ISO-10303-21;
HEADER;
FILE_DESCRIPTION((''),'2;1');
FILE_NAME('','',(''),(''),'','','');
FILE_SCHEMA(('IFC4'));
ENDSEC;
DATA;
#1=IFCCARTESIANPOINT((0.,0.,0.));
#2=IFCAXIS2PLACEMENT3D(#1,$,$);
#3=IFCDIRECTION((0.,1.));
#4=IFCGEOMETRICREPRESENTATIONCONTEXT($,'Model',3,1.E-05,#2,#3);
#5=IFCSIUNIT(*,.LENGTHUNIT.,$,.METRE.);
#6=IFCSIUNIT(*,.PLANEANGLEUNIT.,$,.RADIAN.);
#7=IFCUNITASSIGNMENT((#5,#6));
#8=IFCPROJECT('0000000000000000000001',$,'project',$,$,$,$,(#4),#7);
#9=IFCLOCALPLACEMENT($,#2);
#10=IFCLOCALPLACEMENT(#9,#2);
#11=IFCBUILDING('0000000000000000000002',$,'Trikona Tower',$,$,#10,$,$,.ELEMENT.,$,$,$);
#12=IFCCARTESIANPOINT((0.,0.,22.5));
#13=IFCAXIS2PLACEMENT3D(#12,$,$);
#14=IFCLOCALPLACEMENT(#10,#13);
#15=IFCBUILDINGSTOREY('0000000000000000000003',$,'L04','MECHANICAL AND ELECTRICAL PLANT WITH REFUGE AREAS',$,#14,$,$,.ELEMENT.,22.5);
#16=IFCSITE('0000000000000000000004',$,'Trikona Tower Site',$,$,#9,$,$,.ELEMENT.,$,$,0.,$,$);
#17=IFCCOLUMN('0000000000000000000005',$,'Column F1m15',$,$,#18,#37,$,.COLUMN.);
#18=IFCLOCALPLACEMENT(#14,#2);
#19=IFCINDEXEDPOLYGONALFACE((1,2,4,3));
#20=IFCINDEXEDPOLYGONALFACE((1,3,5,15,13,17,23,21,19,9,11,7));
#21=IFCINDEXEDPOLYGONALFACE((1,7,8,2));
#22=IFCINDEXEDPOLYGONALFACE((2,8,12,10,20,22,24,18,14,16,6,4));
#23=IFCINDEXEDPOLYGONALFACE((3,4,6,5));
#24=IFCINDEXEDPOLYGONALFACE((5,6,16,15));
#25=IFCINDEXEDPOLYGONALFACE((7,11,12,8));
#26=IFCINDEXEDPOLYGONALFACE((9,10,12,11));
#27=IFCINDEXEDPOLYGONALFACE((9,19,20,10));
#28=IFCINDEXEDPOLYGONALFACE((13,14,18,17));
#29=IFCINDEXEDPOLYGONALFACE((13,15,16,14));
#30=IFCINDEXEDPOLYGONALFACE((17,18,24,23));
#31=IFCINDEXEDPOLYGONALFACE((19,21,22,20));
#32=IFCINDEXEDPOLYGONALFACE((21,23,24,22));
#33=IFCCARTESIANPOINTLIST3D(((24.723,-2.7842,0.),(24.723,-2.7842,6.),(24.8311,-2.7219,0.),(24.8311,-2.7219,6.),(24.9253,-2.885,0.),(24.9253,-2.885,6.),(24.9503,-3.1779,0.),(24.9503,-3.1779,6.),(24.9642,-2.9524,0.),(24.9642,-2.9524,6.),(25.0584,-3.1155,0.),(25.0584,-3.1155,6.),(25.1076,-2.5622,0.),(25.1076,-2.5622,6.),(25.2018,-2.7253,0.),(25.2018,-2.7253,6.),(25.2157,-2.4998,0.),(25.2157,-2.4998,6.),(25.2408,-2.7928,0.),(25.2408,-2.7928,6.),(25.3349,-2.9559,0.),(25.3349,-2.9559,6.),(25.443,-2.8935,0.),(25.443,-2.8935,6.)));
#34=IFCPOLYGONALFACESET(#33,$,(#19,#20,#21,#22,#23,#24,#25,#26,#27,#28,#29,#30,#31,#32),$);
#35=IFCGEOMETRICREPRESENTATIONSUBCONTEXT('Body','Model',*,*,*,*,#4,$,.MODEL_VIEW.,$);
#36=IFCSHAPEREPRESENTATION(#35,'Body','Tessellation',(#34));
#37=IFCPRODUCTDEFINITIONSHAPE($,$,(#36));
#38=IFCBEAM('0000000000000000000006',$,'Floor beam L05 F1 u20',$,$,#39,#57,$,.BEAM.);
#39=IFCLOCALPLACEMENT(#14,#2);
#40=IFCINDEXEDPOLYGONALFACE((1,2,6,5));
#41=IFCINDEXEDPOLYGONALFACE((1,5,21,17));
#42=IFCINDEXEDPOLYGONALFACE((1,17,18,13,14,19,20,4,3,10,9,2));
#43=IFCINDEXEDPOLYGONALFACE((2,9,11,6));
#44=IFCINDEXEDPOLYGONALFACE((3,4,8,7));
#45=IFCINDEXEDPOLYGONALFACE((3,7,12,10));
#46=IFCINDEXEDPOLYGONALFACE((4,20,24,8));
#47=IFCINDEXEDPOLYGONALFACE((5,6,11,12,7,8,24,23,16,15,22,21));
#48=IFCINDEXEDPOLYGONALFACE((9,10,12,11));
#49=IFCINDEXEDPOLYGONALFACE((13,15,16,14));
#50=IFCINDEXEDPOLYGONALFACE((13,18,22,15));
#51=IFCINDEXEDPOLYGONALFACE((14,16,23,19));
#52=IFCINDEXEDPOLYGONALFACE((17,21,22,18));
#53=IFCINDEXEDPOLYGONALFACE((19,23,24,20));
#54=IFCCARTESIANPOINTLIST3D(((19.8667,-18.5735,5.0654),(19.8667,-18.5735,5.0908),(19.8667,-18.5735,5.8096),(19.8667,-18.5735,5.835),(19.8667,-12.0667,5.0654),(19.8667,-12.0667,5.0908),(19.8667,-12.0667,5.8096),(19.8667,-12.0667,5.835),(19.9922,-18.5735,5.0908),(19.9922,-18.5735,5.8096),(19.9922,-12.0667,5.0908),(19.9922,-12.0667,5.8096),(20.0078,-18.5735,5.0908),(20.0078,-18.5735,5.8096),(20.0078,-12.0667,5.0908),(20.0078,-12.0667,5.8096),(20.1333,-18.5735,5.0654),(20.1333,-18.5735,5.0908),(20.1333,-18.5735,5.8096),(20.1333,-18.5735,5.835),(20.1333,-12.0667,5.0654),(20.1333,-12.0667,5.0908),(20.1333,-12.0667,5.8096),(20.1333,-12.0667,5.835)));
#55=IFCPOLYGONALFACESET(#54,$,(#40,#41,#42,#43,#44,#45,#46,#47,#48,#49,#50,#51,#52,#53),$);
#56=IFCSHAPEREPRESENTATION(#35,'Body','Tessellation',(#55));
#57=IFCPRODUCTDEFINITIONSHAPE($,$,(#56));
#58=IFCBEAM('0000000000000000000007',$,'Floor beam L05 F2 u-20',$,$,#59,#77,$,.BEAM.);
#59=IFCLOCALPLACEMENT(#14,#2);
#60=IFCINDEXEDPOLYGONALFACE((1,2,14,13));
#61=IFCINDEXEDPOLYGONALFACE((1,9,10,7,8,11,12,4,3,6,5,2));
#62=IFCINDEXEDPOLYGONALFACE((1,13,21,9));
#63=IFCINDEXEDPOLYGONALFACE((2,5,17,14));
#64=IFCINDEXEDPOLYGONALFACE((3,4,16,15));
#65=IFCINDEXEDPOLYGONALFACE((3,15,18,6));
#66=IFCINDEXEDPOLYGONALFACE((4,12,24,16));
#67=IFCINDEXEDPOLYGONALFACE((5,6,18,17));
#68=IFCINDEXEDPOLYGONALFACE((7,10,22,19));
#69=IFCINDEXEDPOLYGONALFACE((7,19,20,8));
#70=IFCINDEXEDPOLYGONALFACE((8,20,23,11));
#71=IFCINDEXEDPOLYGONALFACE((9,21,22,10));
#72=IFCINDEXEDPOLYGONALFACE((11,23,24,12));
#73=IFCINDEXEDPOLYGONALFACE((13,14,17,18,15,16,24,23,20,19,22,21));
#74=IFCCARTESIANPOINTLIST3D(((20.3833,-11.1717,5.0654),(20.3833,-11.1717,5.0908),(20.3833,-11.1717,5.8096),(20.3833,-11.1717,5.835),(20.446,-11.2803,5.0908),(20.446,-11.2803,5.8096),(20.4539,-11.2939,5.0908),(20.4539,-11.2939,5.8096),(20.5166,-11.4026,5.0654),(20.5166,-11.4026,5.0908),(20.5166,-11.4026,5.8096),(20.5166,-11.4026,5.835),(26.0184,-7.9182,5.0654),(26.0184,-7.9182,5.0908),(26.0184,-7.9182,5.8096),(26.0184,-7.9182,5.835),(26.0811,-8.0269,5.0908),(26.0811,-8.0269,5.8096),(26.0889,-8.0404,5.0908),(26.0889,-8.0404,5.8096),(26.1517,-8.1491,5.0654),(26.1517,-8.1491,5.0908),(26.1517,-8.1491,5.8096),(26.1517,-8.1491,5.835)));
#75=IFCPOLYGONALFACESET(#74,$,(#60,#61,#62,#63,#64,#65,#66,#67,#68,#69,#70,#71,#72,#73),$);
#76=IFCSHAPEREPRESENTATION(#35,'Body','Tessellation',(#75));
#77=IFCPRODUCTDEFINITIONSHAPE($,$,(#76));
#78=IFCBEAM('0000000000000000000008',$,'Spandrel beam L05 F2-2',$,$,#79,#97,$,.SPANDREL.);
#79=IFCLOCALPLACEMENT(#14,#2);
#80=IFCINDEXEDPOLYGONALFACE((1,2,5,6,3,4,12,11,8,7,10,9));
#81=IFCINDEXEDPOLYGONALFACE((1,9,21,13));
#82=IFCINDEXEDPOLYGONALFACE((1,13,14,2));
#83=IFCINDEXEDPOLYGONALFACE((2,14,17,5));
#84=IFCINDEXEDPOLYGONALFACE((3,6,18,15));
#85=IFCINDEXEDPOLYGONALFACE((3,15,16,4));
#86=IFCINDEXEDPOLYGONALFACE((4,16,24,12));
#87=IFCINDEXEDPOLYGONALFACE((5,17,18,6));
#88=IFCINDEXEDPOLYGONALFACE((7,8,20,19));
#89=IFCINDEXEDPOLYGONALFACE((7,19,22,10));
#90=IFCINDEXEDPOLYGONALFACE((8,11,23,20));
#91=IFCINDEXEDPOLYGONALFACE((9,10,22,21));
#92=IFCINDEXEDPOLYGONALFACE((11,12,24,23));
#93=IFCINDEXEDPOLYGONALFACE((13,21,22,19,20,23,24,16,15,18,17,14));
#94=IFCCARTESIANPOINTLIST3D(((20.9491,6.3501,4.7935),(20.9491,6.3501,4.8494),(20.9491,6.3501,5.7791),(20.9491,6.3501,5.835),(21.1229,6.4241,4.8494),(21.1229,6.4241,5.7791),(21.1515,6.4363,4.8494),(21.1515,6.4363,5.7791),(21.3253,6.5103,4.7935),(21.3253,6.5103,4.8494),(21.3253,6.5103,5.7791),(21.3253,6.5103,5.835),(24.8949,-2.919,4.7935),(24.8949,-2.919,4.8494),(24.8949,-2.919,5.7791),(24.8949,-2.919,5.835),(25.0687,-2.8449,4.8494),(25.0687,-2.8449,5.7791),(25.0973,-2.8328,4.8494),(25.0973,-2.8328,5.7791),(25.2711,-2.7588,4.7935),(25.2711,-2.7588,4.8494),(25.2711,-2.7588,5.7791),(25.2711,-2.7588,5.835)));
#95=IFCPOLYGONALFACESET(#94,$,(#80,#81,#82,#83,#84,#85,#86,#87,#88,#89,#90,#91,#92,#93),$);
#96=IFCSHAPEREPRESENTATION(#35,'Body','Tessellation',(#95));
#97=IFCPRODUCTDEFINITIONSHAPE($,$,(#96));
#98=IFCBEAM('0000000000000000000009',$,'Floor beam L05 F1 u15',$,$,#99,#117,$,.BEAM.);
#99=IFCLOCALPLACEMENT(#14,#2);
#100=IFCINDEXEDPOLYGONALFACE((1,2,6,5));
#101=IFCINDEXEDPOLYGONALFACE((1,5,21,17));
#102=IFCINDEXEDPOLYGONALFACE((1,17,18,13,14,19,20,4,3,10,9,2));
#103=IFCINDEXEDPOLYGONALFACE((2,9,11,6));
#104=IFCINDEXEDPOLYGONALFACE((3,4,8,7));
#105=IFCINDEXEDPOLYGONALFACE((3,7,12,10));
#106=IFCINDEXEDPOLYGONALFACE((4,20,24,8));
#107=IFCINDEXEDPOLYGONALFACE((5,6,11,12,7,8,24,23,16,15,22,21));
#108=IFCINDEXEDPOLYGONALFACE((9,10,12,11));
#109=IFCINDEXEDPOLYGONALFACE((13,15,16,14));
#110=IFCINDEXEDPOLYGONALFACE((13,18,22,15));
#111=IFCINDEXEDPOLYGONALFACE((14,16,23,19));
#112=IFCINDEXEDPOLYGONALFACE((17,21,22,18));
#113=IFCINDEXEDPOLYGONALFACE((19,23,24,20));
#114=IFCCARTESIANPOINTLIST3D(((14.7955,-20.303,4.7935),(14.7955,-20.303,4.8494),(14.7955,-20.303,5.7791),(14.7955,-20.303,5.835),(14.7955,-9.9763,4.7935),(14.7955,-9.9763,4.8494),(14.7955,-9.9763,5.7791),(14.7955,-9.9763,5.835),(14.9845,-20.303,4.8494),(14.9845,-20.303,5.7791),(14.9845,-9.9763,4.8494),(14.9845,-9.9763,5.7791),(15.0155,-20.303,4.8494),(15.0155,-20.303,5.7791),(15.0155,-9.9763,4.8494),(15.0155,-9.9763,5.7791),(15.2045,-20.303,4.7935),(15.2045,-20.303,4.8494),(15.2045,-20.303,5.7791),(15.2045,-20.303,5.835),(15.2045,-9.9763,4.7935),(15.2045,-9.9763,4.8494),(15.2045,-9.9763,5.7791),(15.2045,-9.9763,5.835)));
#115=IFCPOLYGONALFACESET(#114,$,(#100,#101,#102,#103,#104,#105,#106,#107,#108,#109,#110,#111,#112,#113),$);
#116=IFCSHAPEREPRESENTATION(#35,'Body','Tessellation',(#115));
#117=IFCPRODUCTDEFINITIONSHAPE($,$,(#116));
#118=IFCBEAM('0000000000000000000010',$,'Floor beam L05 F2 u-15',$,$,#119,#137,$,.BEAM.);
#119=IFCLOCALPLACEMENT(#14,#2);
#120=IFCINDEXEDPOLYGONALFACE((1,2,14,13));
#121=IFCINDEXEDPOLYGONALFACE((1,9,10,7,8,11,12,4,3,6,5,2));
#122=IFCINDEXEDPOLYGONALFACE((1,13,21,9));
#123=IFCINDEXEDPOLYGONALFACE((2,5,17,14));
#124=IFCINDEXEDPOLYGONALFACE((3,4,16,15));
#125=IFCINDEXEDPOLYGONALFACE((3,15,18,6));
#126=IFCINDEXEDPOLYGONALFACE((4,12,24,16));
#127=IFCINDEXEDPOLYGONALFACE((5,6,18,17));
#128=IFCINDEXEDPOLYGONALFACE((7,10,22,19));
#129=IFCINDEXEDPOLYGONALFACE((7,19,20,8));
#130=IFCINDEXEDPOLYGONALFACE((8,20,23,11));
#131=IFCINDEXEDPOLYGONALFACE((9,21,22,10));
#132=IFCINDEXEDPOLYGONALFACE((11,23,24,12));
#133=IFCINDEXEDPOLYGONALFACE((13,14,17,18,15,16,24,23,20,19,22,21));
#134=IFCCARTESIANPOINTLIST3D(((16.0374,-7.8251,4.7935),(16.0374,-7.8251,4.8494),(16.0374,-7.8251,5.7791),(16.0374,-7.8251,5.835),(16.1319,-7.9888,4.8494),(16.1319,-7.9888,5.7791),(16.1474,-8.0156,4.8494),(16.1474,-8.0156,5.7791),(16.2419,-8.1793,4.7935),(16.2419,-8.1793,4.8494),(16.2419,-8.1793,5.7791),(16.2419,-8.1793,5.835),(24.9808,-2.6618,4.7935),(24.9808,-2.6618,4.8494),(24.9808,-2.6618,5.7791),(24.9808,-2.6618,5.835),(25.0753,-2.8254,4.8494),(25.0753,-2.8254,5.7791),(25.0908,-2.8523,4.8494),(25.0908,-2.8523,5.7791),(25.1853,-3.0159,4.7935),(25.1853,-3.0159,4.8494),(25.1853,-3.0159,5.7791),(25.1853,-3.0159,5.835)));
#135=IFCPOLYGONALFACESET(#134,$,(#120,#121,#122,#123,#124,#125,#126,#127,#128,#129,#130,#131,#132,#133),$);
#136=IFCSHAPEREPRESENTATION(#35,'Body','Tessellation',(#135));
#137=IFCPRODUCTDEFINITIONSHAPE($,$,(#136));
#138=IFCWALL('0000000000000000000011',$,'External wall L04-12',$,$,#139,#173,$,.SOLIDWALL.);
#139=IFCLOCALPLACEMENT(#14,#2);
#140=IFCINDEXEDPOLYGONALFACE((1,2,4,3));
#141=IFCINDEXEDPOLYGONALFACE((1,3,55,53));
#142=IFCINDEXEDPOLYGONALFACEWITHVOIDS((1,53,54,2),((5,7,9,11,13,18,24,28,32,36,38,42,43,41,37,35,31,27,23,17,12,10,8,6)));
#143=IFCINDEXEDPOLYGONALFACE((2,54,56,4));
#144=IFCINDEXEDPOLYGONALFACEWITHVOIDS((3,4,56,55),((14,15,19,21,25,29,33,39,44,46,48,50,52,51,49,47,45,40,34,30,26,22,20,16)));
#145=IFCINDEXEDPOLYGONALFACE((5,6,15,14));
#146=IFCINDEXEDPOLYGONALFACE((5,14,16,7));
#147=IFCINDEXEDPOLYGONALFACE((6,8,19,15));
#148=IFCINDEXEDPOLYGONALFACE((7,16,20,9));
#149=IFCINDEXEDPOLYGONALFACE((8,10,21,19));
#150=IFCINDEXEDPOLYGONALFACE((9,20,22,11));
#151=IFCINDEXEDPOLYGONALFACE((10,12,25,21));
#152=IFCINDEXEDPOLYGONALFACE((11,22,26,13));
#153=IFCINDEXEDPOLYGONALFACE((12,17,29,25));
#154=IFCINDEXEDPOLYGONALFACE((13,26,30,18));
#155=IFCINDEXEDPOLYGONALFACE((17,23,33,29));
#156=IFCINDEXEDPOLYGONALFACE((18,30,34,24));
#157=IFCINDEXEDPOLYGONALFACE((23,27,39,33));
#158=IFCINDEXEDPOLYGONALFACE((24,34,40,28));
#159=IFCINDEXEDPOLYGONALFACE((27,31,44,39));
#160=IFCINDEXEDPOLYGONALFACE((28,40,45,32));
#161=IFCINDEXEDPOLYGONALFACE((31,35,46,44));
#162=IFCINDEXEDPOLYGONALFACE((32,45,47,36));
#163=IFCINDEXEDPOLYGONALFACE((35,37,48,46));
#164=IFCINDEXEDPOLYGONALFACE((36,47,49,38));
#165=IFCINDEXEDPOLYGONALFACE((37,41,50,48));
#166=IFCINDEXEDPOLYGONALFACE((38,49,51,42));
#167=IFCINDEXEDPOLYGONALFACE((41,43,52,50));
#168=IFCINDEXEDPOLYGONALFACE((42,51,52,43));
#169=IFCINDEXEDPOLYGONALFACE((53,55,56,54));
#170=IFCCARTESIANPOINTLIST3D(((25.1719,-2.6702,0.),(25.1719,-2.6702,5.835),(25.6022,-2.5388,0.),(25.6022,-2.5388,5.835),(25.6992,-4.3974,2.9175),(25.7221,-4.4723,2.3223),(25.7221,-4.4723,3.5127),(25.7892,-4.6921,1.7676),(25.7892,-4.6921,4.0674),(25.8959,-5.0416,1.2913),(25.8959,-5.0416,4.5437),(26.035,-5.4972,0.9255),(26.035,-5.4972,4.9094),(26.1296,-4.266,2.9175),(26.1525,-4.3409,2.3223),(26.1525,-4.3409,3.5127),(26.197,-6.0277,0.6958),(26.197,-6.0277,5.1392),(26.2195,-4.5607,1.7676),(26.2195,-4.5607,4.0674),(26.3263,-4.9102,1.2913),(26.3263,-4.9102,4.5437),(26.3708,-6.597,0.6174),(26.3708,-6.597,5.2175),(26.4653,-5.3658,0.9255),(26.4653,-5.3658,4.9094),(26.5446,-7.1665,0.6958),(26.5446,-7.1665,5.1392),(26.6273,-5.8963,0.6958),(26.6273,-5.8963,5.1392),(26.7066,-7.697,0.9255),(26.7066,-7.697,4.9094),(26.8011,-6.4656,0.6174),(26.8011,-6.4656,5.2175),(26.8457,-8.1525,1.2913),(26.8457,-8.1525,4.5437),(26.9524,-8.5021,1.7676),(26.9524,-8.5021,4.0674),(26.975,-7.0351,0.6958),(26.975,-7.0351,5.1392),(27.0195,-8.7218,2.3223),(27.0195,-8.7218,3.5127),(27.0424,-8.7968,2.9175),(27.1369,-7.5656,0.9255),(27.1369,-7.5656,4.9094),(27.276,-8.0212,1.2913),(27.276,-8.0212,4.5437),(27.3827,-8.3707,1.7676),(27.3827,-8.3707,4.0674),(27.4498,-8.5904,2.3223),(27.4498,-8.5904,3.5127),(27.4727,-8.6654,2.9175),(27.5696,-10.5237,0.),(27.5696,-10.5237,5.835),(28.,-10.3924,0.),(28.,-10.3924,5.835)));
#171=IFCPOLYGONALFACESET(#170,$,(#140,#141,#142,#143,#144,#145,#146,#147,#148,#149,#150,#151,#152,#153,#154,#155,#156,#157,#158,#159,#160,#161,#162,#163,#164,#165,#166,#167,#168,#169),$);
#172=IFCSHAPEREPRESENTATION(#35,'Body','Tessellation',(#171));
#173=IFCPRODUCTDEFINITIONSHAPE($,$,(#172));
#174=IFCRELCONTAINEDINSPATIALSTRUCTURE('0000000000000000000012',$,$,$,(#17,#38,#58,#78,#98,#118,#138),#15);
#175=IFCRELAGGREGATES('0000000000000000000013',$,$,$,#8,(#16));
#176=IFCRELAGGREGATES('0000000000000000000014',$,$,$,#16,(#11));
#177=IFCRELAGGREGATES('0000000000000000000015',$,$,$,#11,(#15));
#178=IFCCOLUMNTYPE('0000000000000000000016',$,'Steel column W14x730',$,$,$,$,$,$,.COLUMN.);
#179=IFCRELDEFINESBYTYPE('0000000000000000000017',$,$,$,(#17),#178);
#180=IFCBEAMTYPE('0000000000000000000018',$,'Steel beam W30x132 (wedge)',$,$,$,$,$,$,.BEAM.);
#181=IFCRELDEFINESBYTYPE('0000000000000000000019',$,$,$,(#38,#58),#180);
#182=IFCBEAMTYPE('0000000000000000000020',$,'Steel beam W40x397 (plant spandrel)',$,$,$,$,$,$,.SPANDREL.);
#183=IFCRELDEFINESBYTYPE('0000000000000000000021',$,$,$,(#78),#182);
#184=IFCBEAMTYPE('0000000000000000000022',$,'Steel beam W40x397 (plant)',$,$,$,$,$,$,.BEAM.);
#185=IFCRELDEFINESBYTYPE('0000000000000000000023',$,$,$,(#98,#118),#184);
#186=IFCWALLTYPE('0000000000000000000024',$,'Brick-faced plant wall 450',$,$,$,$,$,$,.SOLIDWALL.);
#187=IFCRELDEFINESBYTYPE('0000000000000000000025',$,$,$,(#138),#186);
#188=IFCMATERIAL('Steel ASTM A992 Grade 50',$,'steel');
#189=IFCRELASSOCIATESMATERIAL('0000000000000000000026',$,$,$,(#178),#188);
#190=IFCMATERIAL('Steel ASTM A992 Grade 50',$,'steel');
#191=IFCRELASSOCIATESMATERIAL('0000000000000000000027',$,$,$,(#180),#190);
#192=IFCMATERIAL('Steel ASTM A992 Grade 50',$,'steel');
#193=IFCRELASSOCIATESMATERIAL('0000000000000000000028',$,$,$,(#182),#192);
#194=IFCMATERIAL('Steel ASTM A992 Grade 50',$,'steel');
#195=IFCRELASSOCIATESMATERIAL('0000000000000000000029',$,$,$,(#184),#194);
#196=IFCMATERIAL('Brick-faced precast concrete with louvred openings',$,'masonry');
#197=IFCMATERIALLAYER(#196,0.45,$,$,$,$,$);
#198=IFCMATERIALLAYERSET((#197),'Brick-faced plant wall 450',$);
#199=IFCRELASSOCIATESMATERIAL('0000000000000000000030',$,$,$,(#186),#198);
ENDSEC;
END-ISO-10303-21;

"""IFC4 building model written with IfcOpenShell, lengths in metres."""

from ifc_helpers import new_model, si_unit, direction, frame, origin, origin_2d, place, context, subcontext, project, spatial, polyline, i_section, outline, extrude, material, layer, layer_set, material_profile, profile_set, type_object, element, save


model = new_model("IFC4")

# Units and contexts
model_context = context("Model", 3, precision=1e-05, world=origin(), true_north=direction((0.0, 1.0)))
body_context = subcontext(model_context, "Body", "Model", "MODEL_VIEW")
ifc_project = project(units=[si_unit("LENGTHUNIT", "METRE"), si_unit("PLANEANGLEUNIT", "RADIAN")], contexts=[model_context])

# Site, building, storey
site_placement = place(None, origin())
site = spatial("IfcSite", under=ifc_project, at=site_placement, Name="Trikona Tower Site", CompositionType="ELEMENT", RefElevation=0.0)
building_placement = place(site_placement, origin())
building = spatial("IfcBuilding", under=site, at=building_placement, Name="Trikona Tower", CompositionType="ELEMENT")
storey_placement = place(building_placement, frame((0.0, 0.0, 22.5)))
storey = spatial("IfcBuildingStorey", under=building, at=storey_placement, Name="L04", Description="MECHANICAL AND ELECTRICAL PLANT WITH REFUGE AREAS", CompositionType="ELEMENT", Elevation=22.5)

# Column
ifc_material_1 = material(Name="Steel ASTM A992 Grade 50", Category="steel")
ifc_material_profile_1 = material_profile(ifc_material_1, i_section(OverallWidth=0.4546, OverallDepth=0.5688, WebThickness=0.0779, FlangeThickness=0.1248, at=origin_2d()), Name="W14X730")
ifc_profile_set_1 = profile_set([ifc_material_profile_1], Name="Steel ASTM A992 Grade 50")
column_type = type_object("IfcColumnType", Name="Steel column W14x730", PredefinedType="COLUMN", material=ifc_profile_set_1)
column_placement = place(storey_placement, frame((25.083, -2.8389, 0.0), z_axis=(0.0, 0.0, 1.0), x_axis=(-0.5, 0.866025, 0.0)))
element("IfcColumn", 1, at=column_placement, inside=storey, type_object=column_type, Name="Column F1m15", PredefinedType="COLUMN", context=body_context, shape_type="SweptSolid", body=[
    extrude(i_section(OverallWidth=0.4546, OverallDepth=0.5688, WebThickness=0.0779, FlangeThickness=0.1248, at=origin_2d()), origin(), (0.0, 0.0, 1.0), 6.0),
])

# Beams
ifc_material_2 = material(Name="Steel ASTM A992 Grade 50", Category="steel")
ifc_material_profile_2 = material_profile(ifc_material_2, i_section(OverallWidth=0.2666, OverallDepth=0.7695, WebThickness=0.0156, FlangeThickness=0.0254, at=origin_2d()), Name="W30X132")
ifc_profile_set_2 = profile_set([ifc_material_profile_2], Name="Steel ASTM A992 Grade 50")
beam_type_1 = type_object("IfcBeamType", Name="Steel beam W30x132 (wedge)", PredefinedType="BEAM", material=ifc_profile_set_2)
for number, where, z_axis, x_axis, name in (
    (2, (20.0, -12.0667, 5.4502), (0.0, -1.0, 0.0), (1.0, 0.0, 0.0), "Floor beam L05 F1 u20"),
    (3, (20.45, -11.2871, 5.4502), (0.866023, 0.500005, 0.0), (-0.500005, 0.866023, 0.0), "Floor beam L05 F2 u-20"),
):
    element("IfcBeam", number, at=place(storey_placement, frame(where, z_axis=z_axis, x_axis=x_axis)), inside=storey, type_object=beam_type_1, Name=name, PredefinedType="BEAM", context=body_context, shape_type="SweptSolid", body=[
        extrude(i_section(OverallWidth=0.2666, OverallDepth=0.7695, WebThickness=0.0156, FlangeThickness=0.0254, at=origin_2d()), origin(), (0.0, 0.0, 1.0), 6.5068),
    ])
ifc_material_3 = material(Name="Steel ASTM A992 Grade 50", Category="steel")
ifc_material_profile_3 = material_profile(ifc_material_3, i_section(OverallWidth=0.4089, OverallDepth=1.0415, WebThickness=0.031, FlangeThickness=0.0559, at=origin_2d()), Name="W40X397")
ifc_profile_set_3 = profile_set([ifc_material_profile_3], Name="Steel ASTM A992 Grade 50")
beam_type_2 = type_object("IfcBeamType", Name="Steel beam W40x397 (plant spandrel)", PredefinedType="SPANDREL", material=ifc_profile_set_3)
beam_1_placement = place(storey_placement, frame((25.083, -2.8389, 5.3142), z_axis=(-0.391684, 0.9201, 0.0), x_axis=(-0.9201, -0.391684, 0.0)))
element("IfcBeam", 4, at=beam_1_placement, inside=storey, type_object=beam_type_2, Name="Spandrel beam L05 F2-2", PredefinedType="SPANDREL", context=body_context, shape_type="SweptSolid", body=[
    extrude(i_section(OverallWidth=0.4089, OverallDepth=1.0415, WebThickness=0.031, FlangeThickness=0.0559, at=origin_2d()), origin(), (0.0, 0.0, 1.0), 10.074),
])
ifc_material_4 = material(Name="Steel ASTM A992 Grade 50", Category="steel")
ifc_material_profile_4 = material_profile(ifc_material_4, i_section(OverallWidth=0.4089, OverallDepth=1.0415, WebThickness=0.031, FlangeThickness=0.0559, at=origin_2d()), Name="W40X397")
ifc_profile_set_4 = profile_set([ifc_material_profile_4], Name="Steel ASTM A992 Grade 50")
beam_type_3 = type_object("IfcBeamType", Name="Steel beam W40x397 (plant)", PredefinedType="BEAM", material=ifc_profile_set_4)
beam_2_placement = place(storey_placement, frame((15.0, -9.9763, 5.3142), z_axis=(0.0, -1.0, 0.0), x_axis=(1.0, 0.0, 0.0)))
element("IfcBeam", 5, at=beam_2_placement, inside=storey, type_object=beam_type_3, Name="Floor beam L05 F1 u15", PredefinedType="BEAM", context=body_context, shape_type="SweptSolid", body=[
    extrude(i_section(OverallWidth=0.4089, OverallDepth=1.0415, WebThickness=0.031, FlangeThickness=0.0559, at=origin_2d()), origin(), (0.0, 0.0, 1.0), 10.3267),
])
beam_3_placement = place(storey_placement, frame((16.1396, -8.0022, 5.3142), z_axis=(0.86603, 0.499991, 0.0), x_axis=(-0.499991, 0.86603, 0.0)))
element("IfcBeam", 6, at=beam_3_placement, inside=storey, type_object=beam_type_3, Name="Floor beam L05 F2 u-15", PredefinedType="BEAM", context=body_context, shape_type="SweptSolid", body=[
    extrude(i_section(OverallWidth=0.4089, OverallDepth=1.0415, WebThickness=0.031, FlangeThickness=0.0559, at=origin_2d()), origin(), (0.0, 0.0, 1.0), 10.3269),
])

# Wall
ifc_material_5 = material(Name="Brick-faced precast concrete with louvred openings", Category="masonry")
ifc_layer_1 = layer(ifc_material_5, 0.45)
ifc_layer_set_1 = layer_set([ifc_layer_1], Name="Brick-faced plant wall 450")
wall_type_1 = type_object("IfcWallType", Name="Brick-faced plant wall 450", PredefinedType="SOLIDWALL", material=ifc_layer_set_1)
wall_1_placement = place(storey_placement, frame((27.7849, -10.458, 0.0), z_axis=(0.0, 0.0, 1.0), x_axis=(-0.291998, 0.956419, 0.0)))
element("IfcWall", 7, at=wall_1_placement, inside=storey, type_object=wall_type_1, Name="External wall L04-12", PredefinedType="SOLIDWALL", context=body_context, shape_type="SweptSolid", body=[
    extrude(outline(polyline([(0.0, 0.0), (8.2114, 0.0), (8.2114, 5.835), (0.0, 5.835), (0.0, 0.0)]), holes=[polyline([(6.4055, 2.9175), (6.3271, 3.5127), (6.0974, 4.0674), (5.7319, 4.5437), (5.2556, 4.9094), (4.7009, 5.1392), (4.1057, 5.2175), (3.5103, 5.1392), (2.9556, 4.9094), (2.4792, 4.5437), (2.1138, 4.0674), (1.884, 3.5127), (1.8057, 2.9175), (1.884, 2.3223), (2.1138, 1.7676), (2.4792, 1.2913), (2.9556, 0.9255), (3.5103, 0.6958), (4.1057, 0.6174), (4.7009, 0.6958), (5.2556, 0.9255), (5.7319, 1.2913), (6.0974, 1.7676), (6.3271, 2.3223), (6.4055, 2.9175)])]), frame((0.0, 0.2251, 0.0), z_axis=(0.0, -1.0, 0.0), x_axis=(1.0, 0.0, 0.0)), (0.0, 0.0, 1.0), 0.45),
])

save(model, "model.ifc")
